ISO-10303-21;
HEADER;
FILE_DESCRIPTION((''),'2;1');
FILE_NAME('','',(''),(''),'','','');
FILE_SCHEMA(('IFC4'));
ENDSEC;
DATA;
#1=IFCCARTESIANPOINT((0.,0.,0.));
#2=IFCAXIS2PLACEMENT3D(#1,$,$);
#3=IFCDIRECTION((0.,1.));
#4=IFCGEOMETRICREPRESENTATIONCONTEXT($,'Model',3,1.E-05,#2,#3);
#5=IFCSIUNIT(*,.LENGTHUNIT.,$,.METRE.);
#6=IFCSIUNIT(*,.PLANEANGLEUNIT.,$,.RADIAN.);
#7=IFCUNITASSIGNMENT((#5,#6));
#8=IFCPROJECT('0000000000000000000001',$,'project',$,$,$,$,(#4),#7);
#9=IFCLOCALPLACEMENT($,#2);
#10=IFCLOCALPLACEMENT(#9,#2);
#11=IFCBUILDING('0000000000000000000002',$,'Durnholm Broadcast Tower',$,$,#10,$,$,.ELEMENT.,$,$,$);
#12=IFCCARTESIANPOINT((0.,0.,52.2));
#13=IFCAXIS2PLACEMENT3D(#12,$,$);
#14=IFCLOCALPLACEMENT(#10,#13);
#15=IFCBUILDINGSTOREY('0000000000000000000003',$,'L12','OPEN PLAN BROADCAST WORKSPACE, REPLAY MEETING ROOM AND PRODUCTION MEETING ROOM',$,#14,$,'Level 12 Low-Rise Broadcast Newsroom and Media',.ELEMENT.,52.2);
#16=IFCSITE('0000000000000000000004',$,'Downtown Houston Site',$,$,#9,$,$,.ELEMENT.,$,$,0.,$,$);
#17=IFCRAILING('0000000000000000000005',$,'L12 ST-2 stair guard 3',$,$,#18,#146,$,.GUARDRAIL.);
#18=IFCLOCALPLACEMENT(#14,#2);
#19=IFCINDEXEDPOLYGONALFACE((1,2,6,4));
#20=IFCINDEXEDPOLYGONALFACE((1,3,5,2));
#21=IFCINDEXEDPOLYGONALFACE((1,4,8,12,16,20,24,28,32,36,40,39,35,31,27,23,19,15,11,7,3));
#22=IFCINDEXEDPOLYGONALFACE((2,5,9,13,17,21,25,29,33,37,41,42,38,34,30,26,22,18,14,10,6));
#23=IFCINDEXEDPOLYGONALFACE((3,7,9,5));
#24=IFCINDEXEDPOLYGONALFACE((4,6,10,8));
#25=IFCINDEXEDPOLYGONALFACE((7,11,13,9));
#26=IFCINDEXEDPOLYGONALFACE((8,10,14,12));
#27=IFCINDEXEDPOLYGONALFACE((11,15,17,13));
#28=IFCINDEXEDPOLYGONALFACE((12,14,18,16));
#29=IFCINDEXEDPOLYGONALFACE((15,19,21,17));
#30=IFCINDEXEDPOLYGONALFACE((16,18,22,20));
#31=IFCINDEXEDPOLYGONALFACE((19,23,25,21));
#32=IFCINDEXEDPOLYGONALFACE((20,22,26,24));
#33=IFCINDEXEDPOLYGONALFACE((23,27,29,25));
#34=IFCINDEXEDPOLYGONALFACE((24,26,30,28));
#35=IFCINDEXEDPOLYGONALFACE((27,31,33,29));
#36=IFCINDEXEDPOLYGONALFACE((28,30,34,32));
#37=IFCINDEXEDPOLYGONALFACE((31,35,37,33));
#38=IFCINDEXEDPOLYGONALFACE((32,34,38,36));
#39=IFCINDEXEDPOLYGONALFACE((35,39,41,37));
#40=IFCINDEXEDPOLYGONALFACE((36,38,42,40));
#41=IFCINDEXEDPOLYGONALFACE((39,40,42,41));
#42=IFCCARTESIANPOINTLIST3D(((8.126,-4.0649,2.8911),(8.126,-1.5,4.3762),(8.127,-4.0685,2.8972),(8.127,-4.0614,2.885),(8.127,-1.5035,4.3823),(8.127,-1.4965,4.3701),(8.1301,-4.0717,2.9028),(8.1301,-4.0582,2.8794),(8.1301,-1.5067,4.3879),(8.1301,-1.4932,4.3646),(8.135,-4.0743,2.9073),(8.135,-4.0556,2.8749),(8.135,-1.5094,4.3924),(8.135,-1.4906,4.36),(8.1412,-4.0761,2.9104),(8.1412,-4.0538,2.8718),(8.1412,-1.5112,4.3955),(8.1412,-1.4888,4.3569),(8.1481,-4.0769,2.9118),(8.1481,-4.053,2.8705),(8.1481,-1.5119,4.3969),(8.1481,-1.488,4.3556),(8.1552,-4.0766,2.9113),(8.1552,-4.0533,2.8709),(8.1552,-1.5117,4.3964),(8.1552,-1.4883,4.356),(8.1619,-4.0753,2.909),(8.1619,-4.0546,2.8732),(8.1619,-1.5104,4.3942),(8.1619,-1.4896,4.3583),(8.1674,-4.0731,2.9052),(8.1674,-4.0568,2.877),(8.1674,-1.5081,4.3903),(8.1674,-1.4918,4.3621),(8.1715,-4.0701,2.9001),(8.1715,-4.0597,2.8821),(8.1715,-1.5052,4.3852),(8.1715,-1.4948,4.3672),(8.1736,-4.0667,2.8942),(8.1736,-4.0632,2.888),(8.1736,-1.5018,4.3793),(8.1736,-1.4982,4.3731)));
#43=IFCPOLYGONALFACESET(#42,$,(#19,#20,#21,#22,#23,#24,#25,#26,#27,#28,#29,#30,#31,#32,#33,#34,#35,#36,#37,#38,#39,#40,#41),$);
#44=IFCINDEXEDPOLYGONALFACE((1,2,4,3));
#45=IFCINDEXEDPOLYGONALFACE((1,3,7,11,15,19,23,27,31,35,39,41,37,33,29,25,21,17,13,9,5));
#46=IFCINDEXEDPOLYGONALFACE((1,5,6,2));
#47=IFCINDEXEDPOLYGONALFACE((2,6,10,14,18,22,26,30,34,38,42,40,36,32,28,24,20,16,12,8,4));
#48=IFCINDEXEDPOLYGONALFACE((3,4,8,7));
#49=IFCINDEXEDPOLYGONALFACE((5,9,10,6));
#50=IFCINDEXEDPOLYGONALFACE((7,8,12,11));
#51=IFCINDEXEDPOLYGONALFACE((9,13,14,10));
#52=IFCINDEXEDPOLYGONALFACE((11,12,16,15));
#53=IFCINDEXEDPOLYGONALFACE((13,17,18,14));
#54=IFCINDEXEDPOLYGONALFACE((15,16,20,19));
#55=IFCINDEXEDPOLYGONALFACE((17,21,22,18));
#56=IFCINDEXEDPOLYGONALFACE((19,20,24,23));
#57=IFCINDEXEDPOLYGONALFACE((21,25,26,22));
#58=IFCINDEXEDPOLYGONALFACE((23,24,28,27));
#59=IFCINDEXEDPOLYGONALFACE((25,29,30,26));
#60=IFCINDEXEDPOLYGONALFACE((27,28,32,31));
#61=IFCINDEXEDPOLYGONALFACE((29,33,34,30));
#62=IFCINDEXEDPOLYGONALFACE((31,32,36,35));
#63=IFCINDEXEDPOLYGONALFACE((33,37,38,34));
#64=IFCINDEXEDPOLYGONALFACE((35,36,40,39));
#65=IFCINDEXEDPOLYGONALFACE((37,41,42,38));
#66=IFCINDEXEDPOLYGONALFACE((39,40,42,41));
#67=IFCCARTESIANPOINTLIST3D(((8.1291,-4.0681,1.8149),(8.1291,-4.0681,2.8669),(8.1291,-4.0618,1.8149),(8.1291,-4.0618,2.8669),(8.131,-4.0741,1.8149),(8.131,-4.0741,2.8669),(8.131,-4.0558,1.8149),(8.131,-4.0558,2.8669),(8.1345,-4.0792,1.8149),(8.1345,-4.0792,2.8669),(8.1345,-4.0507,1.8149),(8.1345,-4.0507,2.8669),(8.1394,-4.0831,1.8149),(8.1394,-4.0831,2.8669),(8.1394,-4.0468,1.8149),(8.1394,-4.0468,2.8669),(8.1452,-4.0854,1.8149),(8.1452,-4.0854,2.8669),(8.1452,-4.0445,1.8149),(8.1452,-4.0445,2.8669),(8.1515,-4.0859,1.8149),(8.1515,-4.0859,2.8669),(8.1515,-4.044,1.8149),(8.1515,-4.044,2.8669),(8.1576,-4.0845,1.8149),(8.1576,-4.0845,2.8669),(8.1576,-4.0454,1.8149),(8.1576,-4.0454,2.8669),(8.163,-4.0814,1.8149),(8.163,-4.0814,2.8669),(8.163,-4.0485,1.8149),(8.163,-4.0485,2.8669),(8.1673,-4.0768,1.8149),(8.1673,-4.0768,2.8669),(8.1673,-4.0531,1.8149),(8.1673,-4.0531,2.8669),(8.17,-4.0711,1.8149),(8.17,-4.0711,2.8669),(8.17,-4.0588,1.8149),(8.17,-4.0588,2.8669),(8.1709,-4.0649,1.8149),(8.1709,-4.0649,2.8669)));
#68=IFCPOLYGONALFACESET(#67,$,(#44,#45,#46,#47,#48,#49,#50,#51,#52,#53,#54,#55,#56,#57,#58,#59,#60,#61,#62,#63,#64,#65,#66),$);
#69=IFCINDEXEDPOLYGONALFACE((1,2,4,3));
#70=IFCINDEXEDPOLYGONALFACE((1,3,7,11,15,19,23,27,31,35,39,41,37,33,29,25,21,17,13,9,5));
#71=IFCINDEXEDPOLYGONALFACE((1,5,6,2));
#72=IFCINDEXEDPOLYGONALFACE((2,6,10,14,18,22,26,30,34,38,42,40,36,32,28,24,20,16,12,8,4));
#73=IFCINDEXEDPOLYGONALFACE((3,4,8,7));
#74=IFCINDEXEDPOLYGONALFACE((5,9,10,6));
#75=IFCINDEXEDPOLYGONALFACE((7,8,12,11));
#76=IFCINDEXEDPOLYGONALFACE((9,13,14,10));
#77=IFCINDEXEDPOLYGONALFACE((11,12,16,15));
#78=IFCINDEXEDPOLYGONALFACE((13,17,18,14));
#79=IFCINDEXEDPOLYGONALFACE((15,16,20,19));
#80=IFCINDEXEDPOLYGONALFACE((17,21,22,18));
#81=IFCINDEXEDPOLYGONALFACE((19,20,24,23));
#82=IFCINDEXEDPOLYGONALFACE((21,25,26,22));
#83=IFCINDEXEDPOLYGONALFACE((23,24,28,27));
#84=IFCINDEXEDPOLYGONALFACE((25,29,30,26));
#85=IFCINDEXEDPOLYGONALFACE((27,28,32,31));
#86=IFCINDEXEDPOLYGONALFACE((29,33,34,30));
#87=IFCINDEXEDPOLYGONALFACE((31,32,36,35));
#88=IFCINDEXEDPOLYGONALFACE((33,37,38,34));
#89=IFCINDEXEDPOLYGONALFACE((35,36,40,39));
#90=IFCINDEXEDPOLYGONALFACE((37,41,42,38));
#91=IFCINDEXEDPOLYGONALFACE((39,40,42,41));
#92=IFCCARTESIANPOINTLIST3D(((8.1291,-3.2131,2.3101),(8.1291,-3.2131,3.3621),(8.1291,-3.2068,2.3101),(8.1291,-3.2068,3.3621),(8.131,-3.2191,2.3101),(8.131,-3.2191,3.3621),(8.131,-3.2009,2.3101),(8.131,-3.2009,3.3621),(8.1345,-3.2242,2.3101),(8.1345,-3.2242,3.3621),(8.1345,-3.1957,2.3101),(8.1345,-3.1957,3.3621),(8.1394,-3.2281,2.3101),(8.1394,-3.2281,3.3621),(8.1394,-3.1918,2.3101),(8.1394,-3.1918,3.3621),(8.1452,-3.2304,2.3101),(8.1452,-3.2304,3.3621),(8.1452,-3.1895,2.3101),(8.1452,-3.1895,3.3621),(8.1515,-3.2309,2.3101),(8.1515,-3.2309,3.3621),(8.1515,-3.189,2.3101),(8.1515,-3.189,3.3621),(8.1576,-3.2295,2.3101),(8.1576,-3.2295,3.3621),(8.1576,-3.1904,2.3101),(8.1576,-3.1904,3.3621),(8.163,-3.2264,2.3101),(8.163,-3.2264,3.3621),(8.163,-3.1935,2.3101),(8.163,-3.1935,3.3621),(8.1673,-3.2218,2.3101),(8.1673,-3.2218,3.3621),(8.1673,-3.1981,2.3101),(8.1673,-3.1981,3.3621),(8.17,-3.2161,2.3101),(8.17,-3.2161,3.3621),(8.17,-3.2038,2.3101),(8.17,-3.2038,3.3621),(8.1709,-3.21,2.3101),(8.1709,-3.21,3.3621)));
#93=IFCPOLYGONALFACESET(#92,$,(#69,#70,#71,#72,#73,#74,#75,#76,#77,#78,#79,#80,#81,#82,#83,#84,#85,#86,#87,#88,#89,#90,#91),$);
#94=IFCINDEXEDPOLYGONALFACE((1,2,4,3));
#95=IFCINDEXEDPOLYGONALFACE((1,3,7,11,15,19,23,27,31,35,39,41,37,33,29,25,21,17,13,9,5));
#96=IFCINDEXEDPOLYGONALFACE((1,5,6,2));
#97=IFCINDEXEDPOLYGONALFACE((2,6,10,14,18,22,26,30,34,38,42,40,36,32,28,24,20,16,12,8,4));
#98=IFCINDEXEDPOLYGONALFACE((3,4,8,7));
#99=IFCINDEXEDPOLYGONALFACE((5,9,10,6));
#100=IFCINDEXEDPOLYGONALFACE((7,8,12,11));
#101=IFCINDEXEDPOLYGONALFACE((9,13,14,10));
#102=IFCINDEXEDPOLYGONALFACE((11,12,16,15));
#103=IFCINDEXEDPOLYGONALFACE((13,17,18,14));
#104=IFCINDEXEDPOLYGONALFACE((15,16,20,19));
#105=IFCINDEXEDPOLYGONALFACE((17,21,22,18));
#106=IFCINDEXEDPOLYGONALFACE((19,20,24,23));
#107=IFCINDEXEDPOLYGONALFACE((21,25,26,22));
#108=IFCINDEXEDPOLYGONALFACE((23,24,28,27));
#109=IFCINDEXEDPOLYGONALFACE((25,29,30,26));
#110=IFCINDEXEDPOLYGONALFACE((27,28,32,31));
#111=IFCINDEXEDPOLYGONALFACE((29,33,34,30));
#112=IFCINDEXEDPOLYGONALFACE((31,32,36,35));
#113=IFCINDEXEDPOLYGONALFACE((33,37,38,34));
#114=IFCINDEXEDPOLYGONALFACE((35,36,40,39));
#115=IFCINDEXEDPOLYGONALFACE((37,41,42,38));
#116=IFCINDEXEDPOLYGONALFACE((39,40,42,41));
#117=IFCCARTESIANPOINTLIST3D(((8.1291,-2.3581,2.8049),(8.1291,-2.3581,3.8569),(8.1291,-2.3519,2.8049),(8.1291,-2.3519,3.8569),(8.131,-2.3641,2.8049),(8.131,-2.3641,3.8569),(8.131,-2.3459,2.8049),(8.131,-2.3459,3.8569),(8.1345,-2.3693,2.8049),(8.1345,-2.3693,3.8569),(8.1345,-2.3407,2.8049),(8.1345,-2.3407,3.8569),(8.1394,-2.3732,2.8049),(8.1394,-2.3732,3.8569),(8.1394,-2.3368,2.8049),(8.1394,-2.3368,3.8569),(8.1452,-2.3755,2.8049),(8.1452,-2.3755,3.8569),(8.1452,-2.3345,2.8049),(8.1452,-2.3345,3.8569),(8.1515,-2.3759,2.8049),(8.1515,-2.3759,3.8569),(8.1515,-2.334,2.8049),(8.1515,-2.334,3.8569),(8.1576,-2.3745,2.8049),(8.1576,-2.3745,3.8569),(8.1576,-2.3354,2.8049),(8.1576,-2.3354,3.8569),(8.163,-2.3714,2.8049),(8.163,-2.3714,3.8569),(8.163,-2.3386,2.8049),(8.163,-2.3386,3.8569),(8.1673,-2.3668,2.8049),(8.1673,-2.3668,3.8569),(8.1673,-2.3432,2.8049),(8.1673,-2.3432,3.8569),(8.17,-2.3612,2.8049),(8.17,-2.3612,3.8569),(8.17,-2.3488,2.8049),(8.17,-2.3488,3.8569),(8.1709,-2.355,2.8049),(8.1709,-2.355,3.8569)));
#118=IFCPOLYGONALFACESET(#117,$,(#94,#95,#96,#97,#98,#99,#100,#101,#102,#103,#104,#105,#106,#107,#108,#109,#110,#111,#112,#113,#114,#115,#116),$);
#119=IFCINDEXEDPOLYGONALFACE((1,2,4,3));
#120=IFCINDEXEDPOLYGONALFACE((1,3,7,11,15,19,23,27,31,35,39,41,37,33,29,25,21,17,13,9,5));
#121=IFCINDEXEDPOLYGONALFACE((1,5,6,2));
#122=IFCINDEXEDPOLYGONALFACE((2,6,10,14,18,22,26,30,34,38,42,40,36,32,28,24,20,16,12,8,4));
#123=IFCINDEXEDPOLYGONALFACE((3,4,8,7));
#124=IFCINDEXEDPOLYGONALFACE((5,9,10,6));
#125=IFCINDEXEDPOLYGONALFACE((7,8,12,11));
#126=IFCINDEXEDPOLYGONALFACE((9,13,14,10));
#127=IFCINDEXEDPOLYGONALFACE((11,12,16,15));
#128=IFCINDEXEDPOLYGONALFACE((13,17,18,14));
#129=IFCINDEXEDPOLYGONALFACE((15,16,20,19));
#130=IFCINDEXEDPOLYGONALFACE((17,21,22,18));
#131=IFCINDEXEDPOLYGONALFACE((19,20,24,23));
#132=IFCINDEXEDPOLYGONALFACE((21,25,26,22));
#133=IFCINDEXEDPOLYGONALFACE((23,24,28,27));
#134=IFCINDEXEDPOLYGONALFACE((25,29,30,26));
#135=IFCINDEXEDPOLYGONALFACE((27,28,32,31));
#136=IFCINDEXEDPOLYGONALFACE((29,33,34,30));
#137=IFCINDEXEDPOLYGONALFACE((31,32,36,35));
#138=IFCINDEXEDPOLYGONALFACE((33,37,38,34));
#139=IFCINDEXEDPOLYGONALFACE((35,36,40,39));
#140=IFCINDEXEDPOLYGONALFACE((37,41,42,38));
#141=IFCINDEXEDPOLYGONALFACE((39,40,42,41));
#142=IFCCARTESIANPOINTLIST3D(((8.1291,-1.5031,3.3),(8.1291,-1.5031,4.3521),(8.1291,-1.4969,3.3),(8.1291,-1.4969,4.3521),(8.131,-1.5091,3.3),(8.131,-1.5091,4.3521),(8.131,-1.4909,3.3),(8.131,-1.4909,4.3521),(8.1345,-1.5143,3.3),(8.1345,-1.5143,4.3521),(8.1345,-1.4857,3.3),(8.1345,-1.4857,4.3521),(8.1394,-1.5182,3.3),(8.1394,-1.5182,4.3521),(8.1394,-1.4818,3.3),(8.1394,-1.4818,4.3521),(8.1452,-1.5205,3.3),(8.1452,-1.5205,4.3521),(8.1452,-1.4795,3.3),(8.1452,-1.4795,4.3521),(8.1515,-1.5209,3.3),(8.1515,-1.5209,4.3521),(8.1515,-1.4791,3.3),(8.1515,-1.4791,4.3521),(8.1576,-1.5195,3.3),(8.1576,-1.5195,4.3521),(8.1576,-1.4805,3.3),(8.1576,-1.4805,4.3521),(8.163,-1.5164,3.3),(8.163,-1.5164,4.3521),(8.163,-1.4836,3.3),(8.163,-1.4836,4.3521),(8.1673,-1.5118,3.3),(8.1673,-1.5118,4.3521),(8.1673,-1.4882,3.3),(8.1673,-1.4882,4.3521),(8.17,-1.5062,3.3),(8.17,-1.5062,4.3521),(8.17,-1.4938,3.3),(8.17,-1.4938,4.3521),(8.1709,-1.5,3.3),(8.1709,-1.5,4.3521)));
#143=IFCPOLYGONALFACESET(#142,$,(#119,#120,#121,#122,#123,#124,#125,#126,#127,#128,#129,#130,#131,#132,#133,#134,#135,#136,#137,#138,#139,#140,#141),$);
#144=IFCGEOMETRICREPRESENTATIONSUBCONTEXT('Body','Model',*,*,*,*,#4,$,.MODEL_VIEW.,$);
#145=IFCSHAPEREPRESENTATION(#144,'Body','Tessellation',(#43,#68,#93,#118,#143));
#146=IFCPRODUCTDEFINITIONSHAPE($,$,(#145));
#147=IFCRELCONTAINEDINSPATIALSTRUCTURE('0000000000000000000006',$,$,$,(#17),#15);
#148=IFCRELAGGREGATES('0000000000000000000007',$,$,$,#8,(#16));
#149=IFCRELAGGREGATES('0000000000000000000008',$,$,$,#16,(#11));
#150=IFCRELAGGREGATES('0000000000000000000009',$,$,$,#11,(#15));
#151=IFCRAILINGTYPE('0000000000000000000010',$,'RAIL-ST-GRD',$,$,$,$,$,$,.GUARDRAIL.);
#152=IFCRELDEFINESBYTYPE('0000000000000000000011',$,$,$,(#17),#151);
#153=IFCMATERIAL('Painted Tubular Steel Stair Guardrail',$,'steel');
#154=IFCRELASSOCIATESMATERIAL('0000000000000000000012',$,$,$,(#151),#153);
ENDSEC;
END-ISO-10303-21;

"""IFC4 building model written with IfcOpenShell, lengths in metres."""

from ifc_helpers import new_model, si_unit, direction, frame, origin, origin_2d, place, context, subcontext, project, spatial, circle, extrude, material, type_object, element, save


model = new_model("IFC4")

# Units and contexts
model_context = context("Model", 3, precision=1e-05, world=origin(), true_north=direction((0.0, 1.0)))
body_context = subcontext(model_context, "Body", "Model", "MODEL_VIEW")
ifc_project = project(units=[si_unit("LENGTHUNIT", "METRE"), si_unit("PLANEANGLEUNIT", "RADIAN")], contexts=[model_context])

# Site, building, storey
site_placement = place(None, origin())
site = spatial("IfcSite", under=ifc_project, at=site_placement, Name="Downtown Houston Site", CompositionType="ELEMENT", RefElevation=0.0)
building_placement = place(site_placement, origin())
building = spatial("IfcBuilding", under=site, at=building_placement, Name="Durnholm Broadcast Tower", CompositionType="ELEMENT")
storey_placement = place(building_placement, frame((0.0, 0.0, 52.2)))
storey = spatial("IfcBuildingStorey", under=building, at=storey_placement, Name="L12", Description="OPEN PLAN BROADCAST WORKSPACE, REPLAY MEETING ROOM AND PRODUCTION MEETING ROOM", LongName="Level 12 Low-Rise Broadcast Newsroom and Media", CompositionType="ELEMENT", Elevation=52.2)

# Railing
ifc_material_1 = material(Name="Painted Tubular Steel Stair Guardrail", Category="steel")
railing_type_1 = type_object("IfcRailingType", Name="RAIL-ST-GRD", PredefinedType="GUARDRAIL", material=ifc_material_1)
railing_1_placement = place(storey_placement, frame((8.1499, -4.0649, 1.8149)))
element("IfcRailing", 1, at=railing_1_placement, inside=storey, type_object=railing_type_1, Name="L12 ST-2 stair guard 3", PredefinedType="GUARDRAIL", context=body_context, shape_type="SweptSolid", body=[
    extrude(circle(Radius=0.0239, at=origin_2d()), frame((0.0, 0.0, 1.0762), z_axis=(0.0, 0.865406, 0.501072), x_axis=(-1.0, 0.0, 0.0)), (0.0, 0.0, 1.0), 2.9639),
    extrude(circle(Radius=0.021, at=origin_2d()), origin(), (0.0, 0.0, 1.0), 1.052),
    extrude(circle(Radius=0.021, at=origin_2d()), frame((0.0, 0.855, 0.4951)), (0.0, 0.0, 1.0), 1.052),
    extrude(circle(Radius=0.021, at=origin_2d()), frame((0.0, 1.71, 0.99)), (0.0, 0.0, 1.0), 1.052),
    extrude(circle(Radius=0.021, at=origin_2d()), frame((0.0, 2.5649, 1.4851)), (0.0, 0.0, 1.0), 1.052),
])

save(model, "model.ifc")
